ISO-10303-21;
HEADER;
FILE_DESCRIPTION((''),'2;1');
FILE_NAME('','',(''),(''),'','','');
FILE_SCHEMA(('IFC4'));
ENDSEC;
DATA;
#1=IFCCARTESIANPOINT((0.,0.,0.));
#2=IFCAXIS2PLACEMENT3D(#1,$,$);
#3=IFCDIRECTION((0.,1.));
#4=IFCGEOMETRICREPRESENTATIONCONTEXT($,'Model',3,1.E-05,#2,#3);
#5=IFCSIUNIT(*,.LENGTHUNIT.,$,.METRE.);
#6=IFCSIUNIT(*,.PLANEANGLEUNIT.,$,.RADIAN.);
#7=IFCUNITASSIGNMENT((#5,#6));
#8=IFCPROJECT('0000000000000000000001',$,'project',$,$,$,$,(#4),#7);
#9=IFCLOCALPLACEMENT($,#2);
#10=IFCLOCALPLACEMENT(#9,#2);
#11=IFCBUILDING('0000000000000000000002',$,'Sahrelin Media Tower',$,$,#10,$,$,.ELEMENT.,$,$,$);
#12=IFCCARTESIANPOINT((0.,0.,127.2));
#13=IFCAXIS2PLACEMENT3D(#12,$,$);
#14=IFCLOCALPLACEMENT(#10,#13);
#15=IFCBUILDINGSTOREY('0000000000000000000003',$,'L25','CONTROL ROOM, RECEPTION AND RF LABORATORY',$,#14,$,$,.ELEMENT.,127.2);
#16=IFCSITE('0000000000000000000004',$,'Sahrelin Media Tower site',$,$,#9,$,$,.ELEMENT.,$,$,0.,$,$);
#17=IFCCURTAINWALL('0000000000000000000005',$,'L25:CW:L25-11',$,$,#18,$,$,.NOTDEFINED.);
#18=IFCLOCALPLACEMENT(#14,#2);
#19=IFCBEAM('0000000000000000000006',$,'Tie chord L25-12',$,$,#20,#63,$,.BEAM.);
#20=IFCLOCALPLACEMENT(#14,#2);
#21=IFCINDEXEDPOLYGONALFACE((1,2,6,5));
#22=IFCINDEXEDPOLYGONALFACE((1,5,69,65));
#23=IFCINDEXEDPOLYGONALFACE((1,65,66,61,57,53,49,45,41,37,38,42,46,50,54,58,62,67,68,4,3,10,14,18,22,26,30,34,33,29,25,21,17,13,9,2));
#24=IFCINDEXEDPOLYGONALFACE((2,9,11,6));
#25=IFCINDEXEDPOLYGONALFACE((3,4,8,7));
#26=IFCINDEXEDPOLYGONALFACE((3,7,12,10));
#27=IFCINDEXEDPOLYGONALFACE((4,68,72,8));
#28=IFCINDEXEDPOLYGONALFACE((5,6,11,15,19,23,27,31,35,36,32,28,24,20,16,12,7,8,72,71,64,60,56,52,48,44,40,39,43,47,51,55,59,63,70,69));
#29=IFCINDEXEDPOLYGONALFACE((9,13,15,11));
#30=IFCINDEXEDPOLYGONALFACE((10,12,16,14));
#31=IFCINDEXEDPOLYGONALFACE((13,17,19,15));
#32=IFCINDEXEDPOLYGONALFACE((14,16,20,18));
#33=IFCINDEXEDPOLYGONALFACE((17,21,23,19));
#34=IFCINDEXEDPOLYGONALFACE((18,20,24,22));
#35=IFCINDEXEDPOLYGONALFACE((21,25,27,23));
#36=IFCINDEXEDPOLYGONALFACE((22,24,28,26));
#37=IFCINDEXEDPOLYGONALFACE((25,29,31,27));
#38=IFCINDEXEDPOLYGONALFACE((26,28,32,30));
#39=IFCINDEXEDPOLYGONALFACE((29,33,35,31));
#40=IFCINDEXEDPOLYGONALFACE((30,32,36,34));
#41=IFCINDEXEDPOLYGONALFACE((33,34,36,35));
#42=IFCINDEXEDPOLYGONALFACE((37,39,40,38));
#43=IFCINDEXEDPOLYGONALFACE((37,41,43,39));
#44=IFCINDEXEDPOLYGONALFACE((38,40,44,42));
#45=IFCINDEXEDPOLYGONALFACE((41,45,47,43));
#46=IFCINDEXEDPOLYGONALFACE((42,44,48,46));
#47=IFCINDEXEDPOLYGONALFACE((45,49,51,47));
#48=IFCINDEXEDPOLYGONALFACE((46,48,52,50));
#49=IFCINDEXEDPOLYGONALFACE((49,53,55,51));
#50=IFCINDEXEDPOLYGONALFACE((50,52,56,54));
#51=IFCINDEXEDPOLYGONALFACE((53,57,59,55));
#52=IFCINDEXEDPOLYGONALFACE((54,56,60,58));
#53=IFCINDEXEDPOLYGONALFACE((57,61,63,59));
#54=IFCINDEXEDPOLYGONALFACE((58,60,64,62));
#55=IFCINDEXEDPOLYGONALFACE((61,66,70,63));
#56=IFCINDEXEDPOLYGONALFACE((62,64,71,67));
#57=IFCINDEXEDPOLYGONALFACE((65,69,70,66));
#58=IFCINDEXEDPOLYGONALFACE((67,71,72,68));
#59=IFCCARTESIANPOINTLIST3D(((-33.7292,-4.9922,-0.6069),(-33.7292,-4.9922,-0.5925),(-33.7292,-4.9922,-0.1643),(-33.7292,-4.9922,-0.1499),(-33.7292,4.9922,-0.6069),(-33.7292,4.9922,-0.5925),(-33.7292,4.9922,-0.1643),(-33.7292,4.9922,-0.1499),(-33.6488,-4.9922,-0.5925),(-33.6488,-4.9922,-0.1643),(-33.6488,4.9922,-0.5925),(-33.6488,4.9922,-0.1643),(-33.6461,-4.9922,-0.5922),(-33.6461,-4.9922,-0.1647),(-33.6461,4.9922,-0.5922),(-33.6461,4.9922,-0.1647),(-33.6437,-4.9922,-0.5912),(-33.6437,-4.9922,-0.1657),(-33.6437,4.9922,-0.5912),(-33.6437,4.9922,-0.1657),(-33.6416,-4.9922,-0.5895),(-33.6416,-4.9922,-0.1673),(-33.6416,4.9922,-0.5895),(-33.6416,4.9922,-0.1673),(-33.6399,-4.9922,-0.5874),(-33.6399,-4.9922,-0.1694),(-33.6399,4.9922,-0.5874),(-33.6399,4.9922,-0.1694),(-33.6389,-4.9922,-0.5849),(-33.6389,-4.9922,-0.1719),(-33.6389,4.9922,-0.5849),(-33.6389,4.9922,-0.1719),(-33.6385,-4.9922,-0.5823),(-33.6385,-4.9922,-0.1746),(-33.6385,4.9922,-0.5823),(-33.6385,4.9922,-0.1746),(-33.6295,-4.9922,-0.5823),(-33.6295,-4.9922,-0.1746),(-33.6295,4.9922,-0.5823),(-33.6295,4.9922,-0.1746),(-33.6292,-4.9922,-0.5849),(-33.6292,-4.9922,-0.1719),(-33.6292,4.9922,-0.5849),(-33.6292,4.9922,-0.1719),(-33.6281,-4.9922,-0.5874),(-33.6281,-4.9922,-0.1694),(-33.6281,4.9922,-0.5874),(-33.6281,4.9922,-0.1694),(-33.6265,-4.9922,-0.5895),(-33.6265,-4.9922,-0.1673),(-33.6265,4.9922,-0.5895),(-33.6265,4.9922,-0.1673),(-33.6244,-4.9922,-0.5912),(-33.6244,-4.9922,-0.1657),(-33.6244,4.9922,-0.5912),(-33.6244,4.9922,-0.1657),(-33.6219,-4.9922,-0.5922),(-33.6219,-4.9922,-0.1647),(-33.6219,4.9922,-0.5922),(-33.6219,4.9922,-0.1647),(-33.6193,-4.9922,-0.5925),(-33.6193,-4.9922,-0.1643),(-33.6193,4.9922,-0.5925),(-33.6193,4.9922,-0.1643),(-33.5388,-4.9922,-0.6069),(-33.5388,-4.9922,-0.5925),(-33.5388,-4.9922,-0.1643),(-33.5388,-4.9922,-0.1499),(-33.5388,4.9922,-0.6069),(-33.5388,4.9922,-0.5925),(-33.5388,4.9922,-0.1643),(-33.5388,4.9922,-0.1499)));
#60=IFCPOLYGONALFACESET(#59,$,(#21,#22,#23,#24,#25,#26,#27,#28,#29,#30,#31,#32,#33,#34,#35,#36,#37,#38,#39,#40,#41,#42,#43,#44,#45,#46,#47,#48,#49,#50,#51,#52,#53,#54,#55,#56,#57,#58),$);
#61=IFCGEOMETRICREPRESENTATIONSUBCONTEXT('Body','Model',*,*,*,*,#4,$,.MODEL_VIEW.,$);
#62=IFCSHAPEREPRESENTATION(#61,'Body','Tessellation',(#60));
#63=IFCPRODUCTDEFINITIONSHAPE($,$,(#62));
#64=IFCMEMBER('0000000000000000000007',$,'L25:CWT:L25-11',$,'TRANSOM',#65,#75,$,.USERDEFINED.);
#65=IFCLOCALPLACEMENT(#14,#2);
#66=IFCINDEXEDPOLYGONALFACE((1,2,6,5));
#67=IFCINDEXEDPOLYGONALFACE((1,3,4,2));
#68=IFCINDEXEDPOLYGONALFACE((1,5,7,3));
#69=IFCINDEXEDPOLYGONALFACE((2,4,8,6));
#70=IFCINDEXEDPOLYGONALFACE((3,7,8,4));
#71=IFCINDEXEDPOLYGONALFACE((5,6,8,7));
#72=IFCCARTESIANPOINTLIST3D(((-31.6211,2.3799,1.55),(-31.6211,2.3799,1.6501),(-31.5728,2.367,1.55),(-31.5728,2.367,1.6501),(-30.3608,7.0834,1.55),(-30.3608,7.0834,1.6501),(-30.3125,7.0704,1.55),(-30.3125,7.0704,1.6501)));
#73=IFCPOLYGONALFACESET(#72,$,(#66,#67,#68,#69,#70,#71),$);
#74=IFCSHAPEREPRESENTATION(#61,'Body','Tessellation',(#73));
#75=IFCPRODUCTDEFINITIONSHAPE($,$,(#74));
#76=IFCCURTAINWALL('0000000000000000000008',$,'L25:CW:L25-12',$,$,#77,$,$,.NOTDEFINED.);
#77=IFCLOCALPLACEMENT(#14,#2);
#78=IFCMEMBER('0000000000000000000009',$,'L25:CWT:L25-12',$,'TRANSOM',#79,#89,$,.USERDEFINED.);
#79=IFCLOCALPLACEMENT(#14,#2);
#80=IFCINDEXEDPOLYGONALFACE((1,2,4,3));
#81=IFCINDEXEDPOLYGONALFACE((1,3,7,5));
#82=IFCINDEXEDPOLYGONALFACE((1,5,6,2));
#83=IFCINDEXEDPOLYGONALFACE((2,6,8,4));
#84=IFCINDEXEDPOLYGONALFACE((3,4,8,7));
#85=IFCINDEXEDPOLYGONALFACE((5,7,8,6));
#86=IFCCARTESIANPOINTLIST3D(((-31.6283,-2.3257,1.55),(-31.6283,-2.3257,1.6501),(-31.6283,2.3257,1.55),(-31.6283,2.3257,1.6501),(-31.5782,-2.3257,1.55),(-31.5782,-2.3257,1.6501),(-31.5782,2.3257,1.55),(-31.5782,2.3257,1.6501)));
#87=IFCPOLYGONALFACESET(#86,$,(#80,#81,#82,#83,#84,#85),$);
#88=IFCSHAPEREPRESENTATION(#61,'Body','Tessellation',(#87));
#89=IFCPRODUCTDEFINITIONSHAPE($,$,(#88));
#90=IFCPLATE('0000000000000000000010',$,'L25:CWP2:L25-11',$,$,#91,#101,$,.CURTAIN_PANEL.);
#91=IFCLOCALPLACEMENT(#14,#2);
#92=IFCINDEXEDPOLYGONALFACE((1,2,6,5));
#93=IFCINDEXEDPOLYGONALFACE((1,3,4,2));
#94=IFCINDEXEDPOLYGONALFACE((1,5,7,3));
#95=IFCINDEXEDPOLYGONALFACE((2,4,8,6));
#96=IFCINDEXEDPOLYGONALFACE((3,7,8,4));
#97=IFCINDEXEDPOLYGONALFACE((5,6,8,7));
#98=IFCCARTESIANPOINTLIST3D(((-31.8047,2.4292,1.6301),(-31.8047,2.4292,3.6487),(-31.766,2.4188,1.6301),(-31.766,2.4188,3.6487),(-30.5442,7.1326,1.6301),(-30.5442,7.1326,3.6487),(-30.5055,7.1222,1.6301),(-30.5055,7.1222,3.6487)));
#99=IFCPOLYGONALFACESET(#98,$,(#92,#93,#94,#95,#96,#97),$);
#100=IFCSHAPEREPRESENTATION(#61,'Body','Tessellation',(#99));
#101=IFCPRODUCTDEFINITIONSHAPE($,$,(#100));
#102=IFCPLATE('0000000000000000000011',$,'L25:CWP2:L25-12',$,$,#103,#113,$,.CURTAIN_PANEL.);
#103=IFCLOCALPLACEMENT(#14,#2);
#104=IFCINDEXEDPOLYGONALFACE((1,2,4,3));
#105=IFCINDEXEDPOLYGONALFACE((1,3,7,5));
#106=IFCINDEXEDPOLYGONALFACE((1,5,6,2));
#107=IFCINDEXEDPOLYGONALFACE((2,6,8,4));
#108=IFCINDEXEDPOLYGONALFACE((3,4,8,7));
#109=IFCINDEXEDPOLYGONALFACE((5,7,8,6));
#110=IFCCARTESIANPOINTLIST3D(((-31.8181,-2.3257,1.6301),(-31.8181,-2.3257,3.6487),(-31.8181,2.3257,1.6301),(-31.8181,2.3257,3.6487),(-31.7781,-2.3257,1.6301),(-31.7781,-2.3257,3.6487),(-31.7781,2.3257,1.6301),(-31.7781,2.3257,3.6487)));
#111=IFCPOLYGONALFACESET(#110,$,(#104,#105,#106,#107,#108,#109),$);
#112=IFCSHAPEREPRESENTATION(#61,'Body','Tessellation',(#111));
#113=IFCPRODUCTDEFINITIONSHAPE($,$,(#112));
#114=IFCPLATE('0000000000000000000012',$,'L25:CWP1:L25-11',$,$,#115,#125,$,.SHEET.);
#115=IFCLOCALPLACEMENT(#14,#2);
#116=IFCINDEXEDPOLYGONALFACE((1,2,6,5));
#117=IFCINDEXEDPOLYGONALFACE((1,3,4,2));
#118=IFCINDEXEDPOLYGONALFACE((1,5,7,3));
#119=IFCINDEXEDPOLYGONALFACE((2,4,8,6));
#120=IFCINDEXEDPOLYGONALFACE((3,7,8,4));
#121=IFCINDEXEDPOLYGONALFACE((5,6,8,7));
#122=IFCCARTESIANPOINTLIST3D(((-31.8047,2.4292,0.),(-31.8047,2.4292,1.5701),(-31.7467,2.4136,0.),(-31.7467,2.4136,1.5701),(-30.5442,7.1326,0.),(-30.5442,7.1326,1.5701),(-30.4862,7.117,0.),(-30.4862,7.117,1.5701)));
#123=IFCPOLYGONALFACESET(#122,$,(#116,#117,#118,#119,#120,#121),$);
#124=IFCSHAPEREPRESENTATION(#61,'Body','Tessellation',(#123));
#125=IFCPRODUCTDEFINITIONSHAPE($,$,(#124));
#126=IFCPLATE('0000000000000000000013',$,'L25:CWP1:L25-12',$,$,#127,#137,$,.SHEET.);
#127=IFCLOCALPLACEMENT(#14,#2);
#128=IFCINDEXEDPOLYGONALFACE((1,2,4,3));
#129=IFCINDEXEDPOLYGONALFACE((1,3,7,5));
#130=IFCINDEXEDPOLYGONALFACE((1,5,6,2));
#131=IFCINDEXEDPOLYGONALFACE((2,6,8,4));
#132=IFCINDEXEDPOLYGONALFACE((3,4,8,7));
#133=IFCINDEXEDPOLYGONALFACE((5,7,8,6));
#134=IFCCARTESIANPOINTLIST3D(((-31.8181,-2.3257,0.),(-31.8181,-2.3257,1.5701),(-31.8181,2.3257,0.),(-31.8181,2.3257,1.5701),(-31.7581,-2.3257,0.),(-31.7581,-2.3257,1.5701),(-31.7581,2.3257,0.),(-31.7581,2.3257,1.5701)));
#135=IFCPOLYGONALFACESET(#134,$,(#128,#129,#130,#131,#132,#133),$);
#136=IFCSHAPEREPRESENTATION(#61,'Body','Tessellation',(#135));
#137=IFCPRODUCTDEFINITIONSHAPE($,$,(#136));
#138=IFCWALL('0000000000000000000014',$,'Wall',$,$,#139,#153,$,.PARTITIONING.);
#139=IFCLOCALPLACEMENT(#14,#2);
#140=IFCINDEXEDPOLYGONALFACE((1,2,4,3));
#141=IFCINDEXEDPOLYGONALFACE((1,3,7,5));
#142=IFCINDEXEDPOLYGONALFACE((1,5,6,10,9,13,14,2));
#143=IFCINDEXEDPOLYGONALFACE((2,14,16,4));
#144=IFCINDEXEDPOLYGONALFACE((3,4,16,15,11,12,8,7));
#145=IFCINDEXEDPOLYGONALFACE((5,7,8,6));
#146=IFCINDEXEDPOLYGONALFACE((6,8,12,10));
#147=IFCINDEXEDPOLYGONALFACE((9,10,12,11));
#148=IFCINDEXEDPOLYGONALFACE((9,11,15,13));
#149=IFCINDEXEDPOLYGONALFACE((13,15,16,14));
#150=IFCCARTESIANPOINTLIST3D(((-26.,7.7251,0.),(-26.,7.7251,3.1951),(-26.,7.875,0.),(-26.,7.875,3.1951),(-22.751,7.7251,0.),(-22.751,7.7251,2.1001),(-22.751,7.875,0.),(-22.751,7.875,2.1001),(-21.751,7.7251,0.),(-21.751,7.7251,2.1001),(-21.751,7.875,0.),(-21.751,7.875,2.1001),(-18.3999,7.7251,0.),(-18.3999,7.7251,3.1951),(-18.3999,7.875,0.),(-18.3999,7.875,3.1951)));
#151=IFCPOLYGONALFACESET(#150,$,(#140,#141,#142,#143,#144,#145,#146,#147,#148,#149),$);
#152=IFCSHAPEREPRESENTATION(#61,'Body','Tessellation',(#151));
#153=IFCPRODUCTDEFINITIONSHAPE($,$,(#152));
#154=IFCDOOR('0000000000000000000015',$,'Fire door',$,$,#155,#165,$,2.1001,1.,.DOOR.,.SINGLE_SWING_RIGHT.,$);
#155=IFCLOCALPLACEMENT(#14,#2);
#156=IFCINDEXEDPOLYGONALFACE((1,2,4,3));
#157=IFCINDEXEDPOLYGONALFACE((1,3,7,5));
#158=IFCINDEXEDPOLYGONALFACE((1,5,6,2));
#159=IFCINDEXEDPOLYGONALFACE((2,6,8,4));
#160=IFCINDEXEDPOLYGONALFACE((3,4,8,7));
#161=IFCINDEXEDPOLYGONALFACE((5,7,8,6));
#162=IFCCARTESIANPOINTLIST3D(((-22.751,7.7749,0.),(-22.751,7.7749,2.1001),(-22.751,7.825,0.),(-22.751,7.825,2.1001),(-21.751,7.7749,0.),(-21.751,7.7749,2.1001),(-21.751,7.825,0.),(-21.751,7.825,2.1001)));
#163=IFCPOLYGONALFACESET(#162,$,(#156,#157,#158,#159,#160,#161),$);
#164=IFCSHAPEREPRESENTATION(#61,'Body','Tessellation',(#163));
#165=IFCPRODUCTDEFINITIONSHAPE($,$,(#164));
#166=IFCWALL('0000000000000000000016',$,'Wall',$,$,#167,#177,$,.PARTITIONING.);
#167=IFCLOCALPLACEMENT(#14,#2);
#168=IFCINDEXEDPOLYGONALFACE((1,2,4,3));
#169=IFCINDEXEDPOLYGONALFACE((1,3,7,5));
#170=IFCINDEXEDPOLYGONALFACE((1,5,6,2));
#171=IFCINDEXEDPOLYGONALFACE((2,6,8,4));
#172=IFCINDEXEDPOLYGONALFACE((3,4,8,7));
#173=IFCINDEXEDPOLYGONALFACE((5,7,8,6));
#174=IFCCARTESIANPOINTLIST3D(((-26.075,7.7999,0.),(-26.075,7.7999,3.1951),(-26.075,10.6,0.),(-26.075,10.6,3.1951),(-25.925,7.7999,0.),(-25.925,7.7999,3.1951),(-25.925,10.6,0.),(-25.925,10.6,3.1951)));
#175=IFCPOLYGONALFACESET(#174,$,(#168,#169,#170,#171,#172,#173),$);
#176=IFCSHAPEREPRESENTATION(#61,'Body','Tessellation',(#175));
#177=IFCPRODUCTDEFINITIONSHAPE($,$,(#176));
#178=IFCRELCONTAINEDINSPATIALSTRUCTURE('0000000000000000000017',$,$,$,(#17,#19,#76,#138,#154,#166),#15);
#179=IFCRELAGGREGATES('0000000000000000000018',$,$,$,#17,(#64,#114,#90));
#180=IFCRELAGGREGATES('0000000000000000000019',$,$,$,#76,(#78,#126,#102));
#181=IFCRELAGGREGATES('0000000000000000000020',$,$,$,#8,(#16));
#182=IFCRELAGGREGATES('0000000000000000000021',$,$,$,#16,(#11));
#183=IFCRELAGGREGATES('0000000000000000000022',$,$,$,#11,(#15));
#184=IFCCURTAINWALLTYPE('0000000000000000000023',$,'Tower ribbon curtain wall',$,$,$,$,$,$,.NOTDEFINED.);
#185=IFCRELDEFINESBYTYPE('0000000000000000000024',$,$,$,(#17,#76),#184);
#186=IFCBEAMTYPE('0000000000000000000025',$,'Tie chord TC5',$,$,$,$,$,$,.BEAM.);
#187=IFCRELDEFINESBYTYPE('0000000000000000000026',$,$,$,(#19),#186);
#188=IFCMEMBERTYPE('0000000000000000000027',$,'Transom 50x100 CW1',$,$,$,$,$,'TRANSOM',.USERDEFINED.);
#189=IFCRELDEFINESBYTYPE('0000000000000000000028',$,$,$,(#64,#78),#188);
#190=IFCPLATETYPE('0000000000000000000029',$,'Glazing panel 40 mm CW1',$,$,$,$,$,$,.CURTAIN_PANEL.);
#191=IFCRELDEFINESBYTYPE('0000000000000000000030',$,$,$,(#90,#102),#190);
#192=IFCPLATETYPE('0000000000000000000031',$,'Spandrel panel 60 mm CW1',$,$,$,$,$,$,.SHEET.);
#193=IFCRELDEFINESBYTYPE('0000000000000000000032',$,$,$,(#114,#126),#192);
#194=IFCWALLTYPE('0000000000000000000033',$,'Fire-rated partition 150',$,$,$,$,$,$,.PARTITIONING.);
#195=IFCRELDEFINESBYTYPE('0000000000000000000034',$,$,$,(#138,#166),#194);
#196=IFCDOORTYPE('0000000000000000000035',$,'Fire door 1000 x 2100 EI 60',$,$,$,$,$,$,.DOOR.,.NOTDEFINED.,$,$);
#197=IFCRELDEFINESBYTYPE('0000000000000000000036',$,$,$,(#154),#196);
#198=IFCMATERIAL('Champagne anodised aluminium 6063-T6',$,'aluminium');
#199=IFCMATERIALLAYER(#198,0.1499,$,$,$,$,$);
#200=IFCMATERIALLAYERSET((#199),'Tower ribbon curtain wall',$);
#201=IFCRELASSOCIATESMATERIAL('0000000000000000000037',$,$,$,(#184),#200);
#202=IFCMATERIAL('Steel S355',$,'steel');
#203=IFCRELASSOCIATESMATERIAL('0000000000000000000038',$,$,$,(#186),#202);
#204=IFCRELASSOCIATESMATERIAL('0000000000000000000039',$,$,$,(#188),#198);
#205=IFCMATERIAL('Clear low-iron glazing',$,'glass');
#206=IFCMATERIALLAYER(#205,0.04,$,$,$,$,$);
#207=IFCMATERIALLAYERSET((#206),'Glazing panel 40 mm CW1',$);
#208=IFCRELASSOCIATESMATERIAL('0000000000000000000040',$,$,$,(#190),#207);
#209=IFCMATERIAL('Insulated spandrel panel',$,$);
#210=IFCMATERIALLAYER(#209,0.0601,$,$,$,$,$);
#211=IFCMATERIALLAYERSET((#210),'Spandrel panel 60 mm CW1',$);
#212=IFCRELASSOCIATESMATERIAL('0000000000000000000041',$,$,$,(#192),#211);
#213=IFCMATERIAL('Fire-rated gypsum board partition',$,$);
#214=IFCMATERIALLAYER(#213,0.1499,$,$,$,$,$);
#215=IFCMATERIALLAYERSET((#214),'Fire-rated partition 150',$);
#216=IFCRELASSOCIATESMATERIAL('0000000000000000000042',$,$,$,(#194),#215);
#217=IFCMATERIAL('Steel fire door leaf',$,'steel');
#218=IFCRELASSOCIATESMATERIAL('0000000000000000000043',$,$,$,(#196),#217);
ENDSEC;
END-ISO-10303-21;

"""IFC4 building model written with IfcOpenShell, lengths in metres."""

from ifc_helpers import new_model, si_unit, direction, frame, frame_2d, origin, origin_2d, place, context, subcontext, project, spatial, polyline, rectangle, i_section, outline, extrude, material, layer, layer_set, material_profile, profile_set, type_object, element, fill, aggregate, save


model = new_model("IFC4")

# Units and contexts
model_context = context("Model", 3, precision=1e-05, world=origin(), true_north=direction((0.0, 1.0)))
body_context = subcontext(model_context, "Body", "Model", "MODEL_VIEW")
ifc_project = project(units=[si_unit("LENGTHUNIT", "METRE"), si_unit("PLANEANGLEUNIT", "RADIAN")], contexts=[model_context])

# Site, building, storey
site_placement = place(None, origin())
site = spatial("IfcSite", under=ifc_project, at=site_placement, Name="Sahrelin Media Tower site", CompositionType="ELEMENT", RefElevation=0.0)
building_placement = place(site_placement, origin())
building = spatial("IfcBuilding", under=site, at=building_placement, Name="Sahrelin Media Tower", CompositionType="ELEMENT")
storey_placement = place(building_placement, frame((0.0, 0.0, 127.2)))
storey = spatial("IfcBuildingStorey", under=building, at=storey_placement, Name="L25", Description="CONTROL ROOM, RECEPTION AND RF LABORATORY", CompositionType="ELEMENT", Elevation=127.2)

# Shared definitions
ifc_material_1 = material(Name="Steel S355", Category="steel")

# Curtain wall
ifc_material_2 = material(Name="Champagne anodised aluminium 6063-T6", Category="aluminium")
ifc_layer_1 = layer(ifc_material_2, 0.1499)
ifc_layer_set_1 = layer_set([ifc_layer_1], Name="Tower ribbon curtain wall")
curtain_wall_type = type_object("IfcCurtainWallType", Name="Tower ribbon curtain wall", PredefinedType="NOTDEFINED", material=ifc_layer_set_1)
curtain_wall_1_placement = place(storey_placement, frame((-31.155, 4.7759, 0.0), z_axis=(0.0, 0.0, 1.0), x_axis=(1.0, 0.0, 0.0)))
curtain_wall_1 = element("IfcCurtainWall", 1, at=curtain_wall_1_placement, inside=storey, type_object=curtain_wall_type, Name="L25:CW:L25-11", PredefinedType="NOTDEFINED")

# Beam
ifc_material_profile_1 = material_profile(ifc_material_1, i_section(OverallWidth=0.1904, OverallDepth=0.457, WebThickness=0.009, FlangeThickness=0.0144, FilletRadius=0.0103, at=origin_2d()), Name="UB 457x191x74")
ifc_profile_set_1 = profile_set([ifc_material_profile_1], Name="Steel S355")
beam_type_1 = type_object("IfcBeamType", Name="Tie chord TC5", PredefinedType="BEAM", material=ifc_profile_set_1)
beam_1_placement = place(storey_placement, frame((-33.634, 4.9922, -0.3784), z_axis=(0.0, -1.0, 0.0), x_axis=(1.0, 0.0, 0.0)))
element("IfcBeam", 2, at=beam_1_placement, inside=storey, type_object=beam_type_1, Name="Tie chord L25-12", PredefinedType="BEAM", context=body_context, shape_type="SweptSolid", body=[
    extrude(i_section(OverallWidth=0.1904, OverallDepth=0.457, WebThickness=0.009, FlangeThickness=0.0144, FilletRadius=0.0103, at=origin_2d()), origin(), (0.0, 0.0, 1.0), 9.9844),
])

# Member
ifc_material_profile_2 = material_profile(ifc_material_2, rectangle(XDim=0.05, YDim=0.1001, at=origin_2d()), Name="Transom 50x100")
ifc_profile_set_2 = profile_set([ifc_material_profile_2], Name="Champagne anodised aluminium 6063-T6")
member_type_1 = type_object("IfcMemberType", Name="Transom 50x100 CW1", ElementType="TRANSOM", PredefinedType="USERDEFINED", material=ifc_profile_set_2)
member_1_placement = place(storey_placement, frame((-30.3367, 7.0769, 1.6001), z_axis=(-0.258817, -0.965926, 0.0), x_axis=(0.965926, -0.258817, 0.0)))
member_1 = element("IfcMember", 3, at=member_1_placement, type_object=member_type_1, Name="L25:CWT:L25-11", ObjectType="TRANSOM", PredefinedType="USERDEFINED", context=body_context, shape_type="SweptSolid", body=[
    extrude(rectangle(XDim=0.05, YDim=0.1001, at=origin_2d()), origin(), (0.0, 0.0, 1.0), 4.8694),
])

# Curtain wall, member
curtain_wall_2_placement = place(storey_placement, frame((-31.7981, 0.0, 0.0), z_axis=(0.0, 0.0, 1.0), x_axis=(1.0, 0.0, 0.0)))
curtain_wall_2 = element("IfcCurtainWall", 4, at=curtain_wall_2_placement, inside=storey, type_object=curtain_wall_type, Name="L25:CW:L25-12", PredefinedType="NOTDEFINED")
member_2_placement = place(storey_placement, frame((-31.6033, 2.3257, 1.6001), z_axis=(0.0, -1.0, 0.0), x_axis=(1.0, 0.0, 0.0)))
member_2 = element("IfcMember", 5, at=member_2_placement, type_object=member_type_1, Name="L25:CWT:L25-12", ObjectType="TRANSOM", PredefinedType="USERDEFINED", context=body_context, shape_type="SweptSolid", body=[
    extrude(rectangle(XDim=0.05, YDim=0.1001, at=origin_2d()), origin(), (0.0, 0.0, 1.0), 4.6514),
])

# Plates
ifc_material_3 = material(Name="Clear low-iron glazing", Category="glass")
ifc_layer_2 = layer(ifc_material_3, 0.04)
ifc_layer_set_2 = layer_set([ifc_layer_2], Name="Glazing panel 40 mm CW1")
plate_type_1 = type_object("IfcPlateType", Name="Glazing panel 40 mm CW1", PredefinedType="CURTAIN_PANEL", material=ifc_layer_set_2)
plate_1_placement = place(storey_placement, frame((-30.5442, 7.1326, 1.6301), z_axis=(-0.965914, 0.258864, 0.0), x_axis=(-0.258864, -0.965914, 0.0)))
plate_1 = element("IfcPlate", 6, at=plate_1_placement, type_object=plate_type_1, Name="L25:CWP2:L25-11", PredefinedType="CURTAIN_PANEL", context=body_context, shape_type="SweptSolid", body=[
    extrude(outline(polyline([(0.0, 0.0), (4.8694, 0.0), (4.8694, 2.0186), (0.0, 2.0186), (0.0, 0.0)])), origin(), (0.0, 0.0, -1.0), 0.04),
])
plate_2_placement = place(storey_placement, frame((-31.8181, 2.3257, 1.6301), z_axis=(-1.0, 0.0, 0.0), x_axis=(0.0, -1.0, 0.0)))
plate_2 = element("IfcPlate", 7, at=plate_2_placement, type_object=plate_type_1, Name="L25:CWP2:L25-12", PredefinedType="CURTAIN_PANEL", context=body_context, shape_type="SweptSolid", body=[
    extrude(outline(polyline([(0.0, 0.0), (4.6514, 0.0), (4.6514, 2.0186), (0.0, 2.0186), (0.0, 0.0)])), origin(), (0.0, 0.0, -1.0), 0.04),
])
ifc_material_4 = material(Name="Insulated spandrel panel")
ifc_layer_3 = layer(ifc_material_4, 0.0601)
ifc_layer_set_3 = layer_set([ifc_layer_3], Name="Spandrel panel 60 mm CW1")
plate_type_2 = type_object("IfcPlateType", Name="Spandrel panel 60 mm CW1", PredefinedType="SHEET", material=ifc_layer_set_3)
plate_3_placement = place(storey_placement, frame((-30.5442, 7.1326, 0.0), z_axis=(-0.965914, 0.258864, 0.0), x_axis=(-0.258864, -0.965914, 0.0)))
plate_3 = element("IfcPlate", 8, at=plate_3_placement, type_object=plate_type_2, Name="L25:CWP1:L25-11", PredefinedType="SHEET", context=body_context, shape_type="SweptSolid", body=[
    extrude(outline(polyline([(0.0, 0.0), (4.8694, 0.0), (4.8694, 1.5701), (0.0, 1.5701), (0.0, 0.0)])), origin(), (0.0, 0.0, -1.0), 0.0601),
])
aggregate(curtain_wall_1, [member_1, plate_3, plate_1])
plate_4_placement = place(storey_placement, frame((-31.8181, 2.3257, 0.0), z_axis=(-1.0, 0.0, 0.0), x_axis=(0.0, -1.0, 0.0)))
plate_4 = element("IfcPlate", 9, at=plate_4_placement, type_object=plate_type_2, Name="L25:CWP1:L25-12", PredefinedType="SHEET", context=body_context, shape_type="SweptSolid", body=[
    extrude(outline(polyline([(0.0, 0.0), (4.6514, 0.0), (4.6514, 1.5701), (0.0, 1.5701), (0.0, 0.0)])), origin(), (0.0, 0.0, -1.0), 0.0601),
])
aggregate(curtain_wall_2, [member_2, plate_4, plate_2])

# Wall, opening, door
ifc_material_5 = material(Name="Fire-rated gypsum board partition")
ifc_layer_4 = layer(ifc_material_5, 0.1499)
ifc_layer_set_4 = layer_set([ifc_layer_4], Name="Fire-rated partition 150")
wall_type_1 = type_object("IfcWallType", Name="Fire-rated partition 150", PredefinedType="PARTITIONING", material=ifc_layer_set_4)
wall_1_placement = place(storey_placement, frame((-26.0, 7.8, 0.0), z_axis=(0.0, 0.0, 1.0), x_axis=(1.0, 0.0, 0.0)))
wall_1 = element("IfcWall", 10, at=wall_1_placement, inside=storey, type_object=wall_type_1, Name="Wall", PredefinedType="PARTITIONING", context=body_context, shape_type="SweptSolid", body=[
    extrude(rectangle(XDim=7.6001, YDim=0.1499, at=frame_2d((3.8, 0.0))), origin(), (0.0, 0.0, 1.0), 3.1951),
])
opening_placement = place(wall_1_placement, frame((3.249, 0.0, 0.0)))
opening = element("IfcOpeningElement", 11, at=opening_placement, cuts=wall_1, PredefinedType="OPENING", context=body_context, shape_type="SweptSolid", body=[
    extrude(rectangle(XDim=1.0, YDim=2.1001, at=frame_2d((0.5, 1.05))), frame((0.0, 0.075, 0.0), z_axis=(0.0, -1.0, 0.0), x_axis=(1.0, 0.0, 0.0)), (0.0, 0.0, 1.0), 0.1499),
])
ifc_material_6 = material(Name="Steel fire door leaf", Category="steel")
door_type = type_object("IfcDoorType", Name="Fire door 1000 x 2100 EI 60", OperationType="NOTDEFINED", PredefinedType="DOOR", material=ifc_material_6)
door_placement = place(opening_placement, origin())
door = element("IfcDoor", 12, at=door_placement, inside=storey, type_object=door_type, Name="Fire door", OperationType="SINGLE_SWING_RIGHT", OverallHeight=2.1001, OverallWidth=1.0, PredefinedType="DOOR", context=body_context, shape_type="SweptSolid", body=[
    extrude(rectangle(XDim=1.0, YDim=2.1001, at=frame_2d((0.5, 1.05))), frame((0.0, 0.0249, 0.0), z_axis=(0.0, -1.0, 0.0), x_axis=(1.0, 0.0, 0.0)), (0.0, 0.0, 1.0), 0.05),
])
fill(opening, door)

# Wall
wall_2_placement = place(storey_placement, frame((-26.0, 7.8, 0.0), z_axis=(0.0, 0.0, 1.0), x_axis=(0.0, 1.0, 0.0)))
element("IfcWall", 13, at=wall_2_placement, inside=storey, type_object=wall_type_1, Name="Wall", PredefinedType="PARTITIONING", context=body_context, shape_type="SweptSolid", body=[
    extrude(rectangle(XDim=2.8, YDim=0.1499, at=frame_2d((1.3999, 0.0))), origin(), (0.0, 0.0, 1.0), 3.1951),
])

save(model, "model.ifc")
